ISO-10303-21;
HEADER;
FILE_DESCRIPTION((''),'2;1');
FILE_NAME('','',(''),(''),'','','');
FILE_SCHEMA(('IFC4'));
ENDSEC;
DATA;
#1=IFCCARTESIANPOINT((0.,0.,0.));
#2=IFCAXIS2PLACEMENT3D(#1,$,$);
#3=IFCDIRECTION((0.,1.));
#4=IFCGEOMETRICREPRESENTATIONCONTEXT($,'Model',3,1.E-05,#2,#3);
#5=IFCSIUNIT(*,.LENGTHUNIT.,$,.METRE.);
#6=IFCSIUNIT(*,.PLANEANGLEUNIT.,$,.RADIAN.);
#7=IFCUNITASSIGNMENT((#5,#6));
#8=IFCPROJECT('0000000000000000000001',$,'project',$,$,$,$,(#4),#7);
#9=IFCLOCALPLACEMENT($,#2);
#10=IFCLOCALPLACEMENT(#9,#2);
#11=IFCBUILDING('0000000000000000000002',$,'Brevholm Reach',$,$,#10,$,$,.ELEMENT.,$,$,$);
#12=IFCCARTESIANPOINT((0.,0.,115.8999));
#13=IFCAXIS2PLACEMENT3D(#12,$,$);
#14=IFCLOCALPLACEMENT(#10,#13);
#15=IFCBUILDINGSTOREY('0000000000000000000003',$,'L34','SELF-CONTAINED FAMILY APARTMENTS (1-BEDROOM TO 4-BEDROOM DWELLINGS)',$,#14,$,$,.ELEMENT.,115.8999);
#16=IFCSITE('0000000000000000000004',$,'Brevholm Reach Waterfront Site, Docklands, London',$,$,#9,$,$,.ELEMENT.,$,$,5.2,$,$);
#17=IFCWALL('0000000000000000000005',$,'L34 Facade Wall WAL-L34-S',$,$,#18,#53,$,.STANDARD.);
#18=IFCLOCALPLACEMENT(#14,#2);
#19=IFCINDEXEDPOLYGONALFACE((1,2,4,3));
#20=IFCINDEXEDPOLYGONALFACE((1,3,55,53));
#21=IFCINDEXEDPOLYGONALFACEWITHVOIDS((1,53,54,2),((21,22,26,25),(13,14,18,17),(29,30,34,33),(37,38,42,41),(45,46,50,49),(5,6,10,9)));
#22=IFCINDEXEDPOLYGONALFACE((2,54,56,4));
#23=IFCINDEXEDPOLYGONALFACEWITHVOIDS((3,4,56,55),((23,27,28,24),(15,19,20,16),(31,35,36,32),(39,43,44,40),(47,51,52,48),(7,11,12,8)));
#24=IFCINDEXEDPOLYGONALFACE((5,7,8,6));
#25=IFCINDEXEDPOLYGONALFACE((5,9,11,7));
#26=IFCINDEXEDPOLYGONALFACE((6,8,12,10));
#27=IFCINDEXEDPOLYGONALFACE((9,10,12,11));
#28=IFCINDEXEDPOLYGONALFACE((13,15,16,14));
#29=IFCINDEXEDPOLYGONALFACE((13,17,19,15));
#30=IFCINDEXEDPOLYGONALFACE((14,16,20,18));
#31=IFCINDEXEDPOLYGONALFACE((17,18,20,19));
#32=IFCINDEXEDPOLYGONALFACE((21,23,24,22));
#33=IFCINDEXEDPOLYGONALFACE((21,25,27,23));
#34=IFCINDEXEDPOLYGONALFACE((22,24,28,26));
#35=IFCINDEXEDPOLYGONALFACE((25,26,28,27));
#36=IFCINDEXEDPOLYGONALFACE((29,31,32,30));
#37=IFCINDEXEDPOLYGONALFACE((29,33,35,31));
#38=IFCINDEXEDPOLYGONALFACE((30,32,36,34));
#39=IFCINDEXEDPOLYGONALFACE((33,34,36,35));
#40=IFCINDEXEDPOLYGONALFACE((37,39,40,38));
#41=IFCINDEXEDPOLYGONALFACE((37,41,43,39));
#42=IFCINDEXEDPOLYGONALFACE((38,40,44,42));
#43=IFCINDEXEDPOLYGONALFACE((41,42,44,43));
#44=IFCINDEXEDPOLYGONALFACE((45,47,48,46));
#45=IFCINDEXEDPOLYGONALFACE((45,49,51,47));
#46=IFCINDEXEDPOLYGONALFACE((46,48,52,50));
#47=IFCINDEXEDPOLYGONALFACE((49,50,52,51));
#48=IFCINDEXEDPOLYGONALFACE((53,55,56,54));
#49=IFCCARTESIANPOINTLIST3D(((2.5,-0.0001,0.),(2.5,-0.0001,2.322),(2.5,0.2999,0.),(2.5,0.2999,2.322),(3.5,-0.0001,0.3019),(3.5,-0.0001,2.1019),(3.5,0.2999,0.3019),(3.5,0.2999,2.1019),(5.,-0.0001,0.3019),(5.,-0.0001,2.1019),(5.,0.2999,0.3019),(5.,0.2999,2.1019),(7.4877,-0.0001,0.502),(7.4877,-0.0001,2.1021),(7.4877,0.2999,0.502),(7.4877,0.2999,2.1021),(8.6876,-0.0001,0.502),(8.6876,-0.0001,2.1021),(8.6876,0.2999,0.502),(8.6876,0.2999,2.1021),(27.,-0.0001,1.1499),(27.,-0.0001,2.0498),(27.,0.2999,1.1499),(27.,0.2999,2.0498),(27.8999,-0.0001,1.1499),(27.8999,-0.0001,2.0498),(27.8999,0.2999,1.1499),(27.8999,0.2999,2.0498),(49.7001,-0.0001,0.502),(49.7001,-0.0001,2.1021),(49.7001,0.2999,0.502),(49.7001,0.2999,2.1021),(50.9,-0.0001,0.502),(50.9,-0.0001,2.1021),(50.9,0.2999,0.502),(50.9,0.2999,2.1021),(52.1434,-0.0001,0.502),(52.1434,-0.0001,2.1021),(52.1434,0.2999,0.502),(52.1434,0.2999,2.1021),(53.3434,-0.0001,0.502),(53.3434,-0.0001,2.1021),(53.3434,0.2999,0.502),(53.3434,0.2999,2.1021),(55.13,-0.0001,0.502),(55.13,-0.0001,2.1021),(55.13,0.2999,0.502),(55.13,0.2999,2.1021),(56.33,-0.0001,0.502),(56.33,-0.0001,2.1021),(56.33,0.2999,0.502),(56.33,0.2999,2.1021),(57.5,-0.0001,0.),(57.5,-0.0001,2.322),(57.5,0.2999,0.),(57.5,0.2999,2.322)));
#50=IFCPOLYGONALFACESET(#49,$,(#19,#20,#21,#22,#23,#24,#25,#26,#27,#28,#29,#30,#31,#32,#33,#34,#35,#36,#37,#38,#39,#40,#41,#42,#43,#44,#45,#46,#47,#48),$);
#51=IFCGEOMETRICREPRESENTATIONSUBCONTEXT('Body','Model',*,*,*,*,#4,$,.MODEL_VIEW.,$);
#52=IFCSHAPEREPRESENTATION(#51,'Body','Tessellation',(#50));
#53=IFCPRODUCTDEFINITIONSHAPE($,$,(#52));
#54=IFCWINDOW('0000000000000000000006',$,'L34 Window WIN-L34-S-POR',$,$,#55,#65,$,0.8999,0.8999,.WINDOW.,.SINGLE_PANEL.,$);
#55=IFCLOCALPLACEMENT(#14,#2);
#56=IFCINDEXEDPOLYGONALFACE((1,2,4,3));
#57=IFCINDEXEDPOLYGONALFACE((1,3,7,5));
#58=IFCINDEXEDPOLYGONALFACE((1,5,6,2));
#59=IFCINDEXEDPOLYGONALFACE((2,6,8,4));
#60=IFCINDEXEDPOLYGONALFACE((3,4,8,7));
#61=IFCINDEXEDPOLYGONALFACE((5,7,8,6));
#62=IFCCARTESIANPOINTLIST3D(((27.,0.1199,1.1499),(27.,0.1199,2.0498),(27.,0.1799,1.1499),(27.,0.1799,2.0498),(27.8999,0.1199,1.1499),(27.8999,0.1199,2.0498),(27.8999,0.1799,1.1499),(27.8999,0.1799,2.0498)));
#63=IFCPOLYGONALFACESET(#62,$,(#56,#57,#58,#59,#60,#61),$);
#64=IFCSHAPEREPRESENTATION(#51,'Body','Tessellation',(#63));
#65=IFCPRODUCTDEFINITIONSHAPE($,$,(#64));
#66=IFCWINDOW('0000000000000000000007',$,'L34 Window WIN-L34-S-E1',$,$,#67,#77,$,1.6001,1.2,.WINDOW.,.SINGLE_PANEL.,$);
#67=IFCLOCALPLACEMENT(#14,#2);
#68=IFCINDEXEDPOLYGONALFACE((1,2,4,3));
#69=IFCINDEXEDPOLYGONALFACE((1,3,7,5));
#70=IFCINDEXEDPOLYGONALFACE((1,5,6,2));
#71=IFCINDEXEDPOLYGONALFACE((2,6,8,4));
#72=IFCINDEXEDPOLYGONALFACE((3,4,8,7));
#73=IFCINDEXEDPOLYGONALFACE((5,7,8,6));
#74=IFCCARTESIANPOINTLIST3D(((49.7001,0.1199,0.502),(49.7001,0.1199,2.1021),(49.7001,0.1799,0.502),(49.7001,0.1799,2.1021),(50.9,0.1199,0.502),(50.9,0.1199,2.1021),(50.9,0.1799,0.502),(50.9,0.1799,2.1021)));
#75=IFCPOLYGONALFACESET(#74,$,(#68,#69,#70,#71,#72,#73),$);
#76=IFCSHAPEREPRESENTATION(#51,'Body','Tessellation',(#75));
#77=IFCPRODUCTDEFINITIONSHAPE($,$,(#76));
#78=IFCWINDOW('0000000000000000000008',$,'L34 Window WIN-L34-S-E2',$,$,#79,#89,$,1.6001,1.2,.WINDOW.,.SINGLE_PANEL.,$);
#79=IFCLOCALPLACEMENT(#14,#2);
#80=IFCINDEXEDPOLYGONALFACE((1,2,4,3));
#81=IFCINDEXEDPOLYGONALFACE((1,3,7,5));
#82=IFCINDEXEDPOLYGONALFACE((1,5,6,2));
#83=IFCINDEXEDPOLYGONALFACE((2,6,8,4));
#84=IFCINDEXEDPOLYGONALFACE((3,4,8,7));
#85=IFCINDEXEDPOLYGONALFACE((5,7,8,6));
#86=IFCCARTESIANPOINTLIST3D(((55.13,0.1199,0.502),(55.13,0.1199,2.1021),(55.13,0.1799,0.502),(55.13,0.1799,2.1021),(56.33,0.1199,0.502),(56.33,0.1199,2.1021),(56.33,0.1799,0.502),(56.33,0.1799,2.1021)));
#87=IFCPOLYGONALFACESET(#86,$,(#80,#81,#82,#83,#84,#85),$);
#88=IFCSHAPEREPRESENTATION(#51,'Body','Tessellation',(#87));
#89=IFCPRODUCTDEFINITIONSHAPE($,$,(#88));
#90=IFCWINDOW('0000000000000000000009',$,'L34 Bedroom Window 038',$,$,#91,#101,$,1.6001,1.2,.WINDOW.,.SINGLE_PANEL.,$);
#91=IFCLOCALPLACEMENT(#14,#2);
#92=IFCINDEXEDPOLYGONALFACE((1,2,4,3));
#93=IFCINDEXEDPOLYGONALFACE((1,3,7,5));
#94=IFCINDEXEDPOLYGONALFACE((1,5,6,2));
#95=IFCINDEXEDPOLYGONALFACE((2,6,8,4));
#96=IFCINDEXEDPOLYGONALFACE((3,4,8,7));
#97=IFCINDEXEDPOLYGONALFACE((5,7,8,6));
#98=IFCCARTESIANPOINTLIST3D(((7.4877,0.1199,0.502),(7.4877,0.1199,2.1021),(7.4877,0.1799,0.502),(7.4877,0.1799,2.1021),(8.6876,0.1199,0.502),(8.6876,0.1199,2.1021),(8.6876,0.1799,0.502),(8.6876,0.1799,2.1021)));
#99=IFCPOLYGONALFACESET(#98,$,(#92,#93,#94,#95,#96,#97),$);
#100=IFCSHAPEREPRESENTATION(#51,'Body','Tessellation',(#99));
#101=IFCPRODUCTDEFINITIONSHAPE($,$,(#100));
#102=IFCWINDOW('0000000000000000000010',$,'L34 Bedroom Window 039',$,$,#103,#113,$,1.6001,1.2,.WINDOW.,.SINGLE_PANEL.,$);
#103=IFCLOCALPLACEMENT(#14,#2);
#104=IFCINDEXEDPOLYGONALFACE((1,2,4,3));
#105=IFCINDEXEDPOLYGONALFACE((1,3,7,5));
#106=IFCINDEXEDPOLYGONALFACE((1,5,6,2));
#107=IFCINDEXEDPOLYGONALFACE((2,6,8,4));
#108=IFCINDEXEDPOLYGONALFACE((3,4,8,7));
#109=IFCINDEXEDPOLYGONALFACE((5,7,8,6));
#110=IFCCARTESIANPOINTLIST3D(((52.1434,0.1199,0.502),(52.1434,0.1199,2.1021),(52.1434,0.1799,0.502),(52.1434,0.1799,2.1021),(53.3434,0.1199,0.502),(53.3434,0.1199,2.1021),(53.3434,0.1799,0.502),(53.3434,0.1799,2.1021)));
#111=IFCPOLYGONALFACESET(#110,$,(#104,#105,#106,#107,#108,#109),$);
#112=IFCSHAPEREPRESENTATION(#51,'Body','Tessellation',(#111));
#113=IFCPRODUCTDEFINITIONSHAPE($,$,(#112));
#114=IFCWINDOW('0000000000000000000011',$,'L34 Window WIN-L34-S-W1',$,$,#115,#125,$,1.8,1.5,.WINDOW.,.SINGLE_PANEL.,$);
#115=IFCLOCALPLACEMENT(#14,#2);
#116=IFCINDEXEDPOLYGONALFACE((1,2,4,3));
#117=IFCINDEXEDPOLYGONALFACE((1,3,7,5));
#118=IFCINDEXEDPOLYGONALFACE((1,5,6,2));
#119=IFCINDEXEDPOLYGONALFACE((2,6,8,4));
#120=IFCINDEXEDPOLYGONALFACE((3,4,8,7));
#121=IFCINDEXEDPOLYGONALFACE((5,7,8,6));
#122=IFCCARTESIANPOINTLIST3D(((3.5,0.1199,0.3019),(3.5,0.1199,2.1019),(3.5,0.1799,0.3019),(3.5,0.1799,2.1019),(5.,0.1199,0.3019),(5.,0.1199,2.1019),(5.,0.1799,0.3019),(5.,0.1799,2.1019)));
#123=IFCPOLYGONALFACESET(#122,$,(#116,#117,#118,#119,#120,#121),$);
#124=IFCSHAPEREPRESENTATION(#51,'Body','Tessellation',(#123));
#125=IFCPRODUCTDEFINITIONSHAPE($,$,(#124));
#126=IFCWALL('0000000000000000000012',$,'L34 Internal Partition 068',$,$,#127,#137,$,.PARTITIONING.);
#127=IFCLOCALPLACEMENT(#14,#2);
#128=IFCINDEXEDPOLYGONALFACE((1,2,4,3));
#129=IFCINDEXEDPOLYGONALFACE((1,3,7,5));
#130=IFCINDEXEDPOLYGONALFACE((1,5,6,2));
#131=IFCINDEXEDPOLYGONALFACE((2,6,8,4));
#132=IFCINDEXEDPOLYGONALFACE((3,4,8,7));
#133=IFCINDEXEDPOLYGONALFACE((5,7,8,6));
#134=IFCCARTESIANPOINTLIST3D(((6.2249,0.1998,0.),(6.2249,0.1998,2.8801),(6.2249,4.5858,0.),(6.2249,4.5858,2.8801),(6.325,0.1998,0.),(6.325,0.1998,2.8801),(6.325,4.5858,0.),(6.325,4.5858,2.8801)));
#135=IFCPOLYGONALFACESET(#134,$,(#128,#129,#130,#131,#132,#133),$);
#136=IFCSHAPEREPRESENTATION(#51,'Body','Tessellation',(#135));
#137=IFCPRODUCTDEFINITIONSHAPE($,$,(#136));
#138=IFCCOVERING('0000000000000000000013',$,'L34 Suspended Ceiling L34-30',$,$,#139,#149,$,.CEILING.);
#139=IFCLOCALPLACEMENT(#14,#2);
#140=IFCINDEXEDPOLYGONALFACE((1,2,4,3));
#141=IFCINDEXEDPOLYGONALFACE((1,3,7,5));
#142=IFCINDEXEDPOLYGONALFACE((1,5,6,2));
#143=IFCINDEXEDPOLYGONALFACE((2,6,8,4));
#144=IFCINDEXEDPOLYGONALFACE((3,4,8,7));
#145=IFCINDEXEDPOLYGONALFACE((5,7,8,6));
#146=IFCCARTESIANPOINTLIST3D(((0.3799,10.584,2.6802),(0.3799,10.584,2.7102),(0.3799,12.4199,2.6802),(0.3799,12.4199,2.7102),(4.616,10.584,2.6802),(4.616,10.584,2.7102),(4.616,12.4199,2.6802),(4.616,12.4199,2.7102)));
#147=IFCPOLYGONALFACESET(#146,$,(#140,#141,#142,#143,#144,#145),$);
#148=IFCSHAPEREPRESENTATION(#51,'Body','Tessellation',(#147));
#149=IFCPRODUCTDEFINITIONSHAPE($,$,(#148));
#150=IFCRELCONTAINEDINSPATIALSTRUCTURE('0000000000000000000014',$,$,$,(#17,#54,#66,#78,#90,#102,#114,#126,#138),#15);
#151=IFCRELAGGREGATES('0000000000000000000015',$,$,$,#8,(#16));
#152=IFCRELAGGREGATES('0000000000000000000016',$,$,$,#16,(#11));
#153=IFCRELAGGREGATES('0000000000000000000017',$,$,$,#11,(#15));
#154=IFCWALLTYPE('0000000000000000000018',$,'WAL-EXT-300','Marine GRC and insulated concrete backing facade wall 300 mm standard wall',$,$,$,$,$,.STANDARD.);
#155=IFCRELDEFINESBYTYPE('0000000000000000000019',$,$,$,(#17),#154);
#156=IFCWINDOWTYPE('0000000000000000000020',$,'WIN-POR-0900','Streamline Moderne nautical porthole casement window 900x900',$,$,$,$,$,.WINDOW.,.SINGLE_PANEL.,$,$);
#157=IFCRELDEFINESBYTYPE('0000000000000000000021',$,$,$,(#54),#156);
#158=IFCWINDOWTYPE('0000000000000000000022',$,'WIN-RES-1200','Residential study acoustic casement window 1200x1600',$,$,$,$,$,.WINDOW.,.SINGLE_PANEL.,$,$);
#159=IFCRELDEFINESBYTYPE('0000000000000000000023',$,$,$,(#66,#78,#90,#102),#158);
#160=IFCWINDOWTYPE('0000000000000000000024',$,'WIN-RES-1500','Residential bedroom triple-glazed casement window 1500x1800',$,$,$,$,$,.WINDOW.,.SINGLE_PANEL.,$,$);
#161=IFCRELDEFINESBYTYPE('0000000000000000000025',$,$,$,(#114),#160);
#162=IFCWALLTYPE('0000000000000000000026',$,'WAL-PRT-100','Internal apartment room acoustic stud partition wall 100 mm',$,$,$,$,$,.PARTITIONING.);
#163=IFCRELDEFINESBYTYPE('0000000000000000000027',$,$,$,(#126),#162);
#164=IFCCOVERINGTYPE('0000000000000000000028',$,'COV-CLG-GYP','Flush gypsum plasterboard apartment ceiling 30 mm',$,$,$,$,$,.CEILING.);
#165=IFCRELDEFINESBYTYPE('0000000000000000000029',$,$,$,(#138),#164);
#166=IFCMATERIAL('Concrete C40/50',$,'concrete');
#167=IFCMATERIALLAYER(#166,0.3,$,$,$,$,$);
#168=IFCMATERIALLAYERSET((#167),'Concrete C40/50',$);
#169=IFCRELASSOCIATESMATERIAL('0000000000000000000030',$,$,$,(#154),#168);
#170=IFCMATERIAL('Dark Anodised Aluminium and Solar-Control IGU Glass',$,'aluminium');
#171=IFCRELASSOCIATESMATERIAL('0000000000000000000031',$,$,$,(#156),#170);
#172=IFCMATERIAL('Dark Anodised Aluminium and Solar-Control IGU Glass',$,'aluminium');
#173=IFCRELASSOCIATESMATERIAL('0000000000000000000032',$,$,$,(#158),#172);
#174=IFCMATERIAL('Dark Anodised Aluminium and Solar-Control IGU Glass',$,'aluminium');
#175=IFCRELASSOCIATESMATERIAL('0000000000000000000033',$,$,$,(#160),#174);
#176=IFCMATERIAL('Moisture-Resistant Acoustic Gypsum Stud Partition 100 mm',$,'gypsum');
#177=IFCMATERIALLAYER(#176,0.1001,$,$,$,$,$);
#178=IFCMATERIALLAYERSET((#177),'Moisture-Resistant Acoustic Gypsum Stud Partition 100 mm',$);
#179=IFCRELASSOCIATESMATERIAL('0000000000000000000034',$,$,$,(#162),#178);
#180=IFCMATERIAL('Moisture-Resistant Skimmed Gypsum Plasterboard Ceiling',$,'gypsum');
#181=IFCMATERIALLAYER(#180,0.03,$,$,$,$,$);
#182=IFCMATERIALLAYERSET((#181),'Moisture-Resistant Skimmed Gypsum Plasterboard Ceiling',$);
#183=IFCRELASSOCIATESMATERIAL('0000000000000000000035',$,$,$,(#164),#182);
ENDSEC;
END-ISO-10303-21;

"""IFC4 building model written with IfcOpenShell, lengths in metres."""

from ifc_helpers import new_model, si_unit, direction, frame, frame_2d, origin, place, context, subcontext, project, spatial, polyline, rectangle, outline, extrude, material, layer, layer_set, type_object, element, fill, save


model = new_model("IFC4")

# Units and contexts
model_context = context("Model", 3, precision=1e-05, world=origin(), true_north=direction((0.0, 1.0)))
body_context = subcontext(model_context, "Body", "Model", "MODEL_VIEW")
ifc_project = project(units=[si_unit("LENGTHUNIT", "METRE"), si_unit("PLANEANGLEUNIT", "RADIAN")], contexts=[model_context])

# Site, building, storey
site_placement = place(None, origin())
site = spatial("IfcSite", under=ifc_project, at=site_placement, Name="Brevholm Reach Waterfront Site, Docklands, London", CompositionType="ELEMENT", RefElevation=5.2)
building_placement = place(site_placement, origin())
building = spatial("IfcBuilding", under=site, at=building_placement, Name="Brevholm Reach", CompositionType="ELEMENT")
storey_placement = place(building_placement, frame((0.0, 0.0, 115.8999)))
storey = spatial("IfcBuildingStorey", under=building, at=storey_placement, Name="L34", Description="SELF-CONTAINED FAMILY APARTMENTS (1-BEDROOM TO 4-BEDROOM DWELLINGS)", CompositionType="ELEMENT", Elevation=115.8999)

# Wall, openings, windows
ifc_material_1 = material(Name="Concrete C40/50", Category="concrete")
ifc_layer_1 = layer(ifc_material_1, 0.3)
ifc_layer_set_1 = layer_set([ifc_layer_1], Name="Concrete C40/50")
wall_type_1 = type_object("IfcWallType", Name="WAL-EXT-300", Description="Marine GRC and insulated concrete backing facade wall 300 mm standard wall", PredefinedType="STANDARD", material=ifc_layer_set_1)
wall_1_placement = place(storey_placement, frame((2.5, 0.1499, 0.0), z_axis=(0.0, 0.0, 1.0), x_axis=(1.0, 0.0, 0.0)))
wall_1 = element("IfcWall", 1, at=wall_1_placement, inside=storey, type_object=wall_type_1, Name="L34 Facade Wall WAL-L34-S", PredefinedType="STANDARD", context=body_context, shape_type="SweptSolid", body=[
    extrude(rectangle(XDim=55.0, YDim=0.3, at=frame_2d((27.5, 0.0))), origin(), (0.0, 0.0, 1.0), 2.322),
])
opening_1_placement = place(wall_1_placement, frame((1.0, 0.0, 0.302)))
opening_1 = element("IfcOpeningElement", 2, at=opening_1_placement, cuts=wall_1, PredefinedType="OPENING", context=body_context, shape_type="SweptSolid", body=[
    extrude(rectangle(XDim=1.5, YDim=1.8, at=frame_2d((0.75, 0.8999))), frame((0.0, 0.1599, 0.0), z_axis=(0.0, -1.0, 0.0), x_axis=(1.0, 0.0, 0.0)), (0.0, 0.0, 1.0), 0.3201),
])
opening_2_placement = place(wall_1_placement, frame((24.5, 0.0, 1.1499)))
opening_2 = element("IfcOpeningElement", 3, at=opening_2_placement, cuts=wall_1, PredefinedType="OPENING", context=body_context, shape_type="SweptSolid", body=[
    extrude(rectangle(XDim=0.8999, YDim=0.8999, at=frame_2d((0.45, 0.45))), frame((0.0, 0.1599, 0.0), z_axis=(0.0, -1.0, 0.0), x_axis=(1.0, 0.0, 0.0)), (0.0, 0.0, 1.0), 0.3201),
])
opening_3_placement = place(wall_1_placement, frame((47.2, 0.0, 0.502)))
opening_3 = element("IfcOpeningElement", 4, at=opening_3_placement, cuts=wall_1, PredefinedType="OPENING", context=body_context, shape_type="SweptSolid", body=[
    extrude(rectangle(XDim=1.2, YDim=1.6001, at=frame_2d((0.6001, 0.8))), frame((0.0, 0.1599, 0.0), z_axis=(0.0, -1.0, 0.0), x_axis=(1.0, 0.0, 0.0)), (0.0, 0.0, 1.0), 0.3201),
])
opening_4_placement = place(wall_1_placement, frame((52.6299, 0.0, 0.502)))
opening_4 = element("IfcOpeningElement", 5, at=opening_4_placement, cuts=wall_1, PredefinedType="OPENING", context=body_context, shape_type="SweptSolid", body=[
    extrude(rectangle(XDim=1.2, YDim=1.6001, at=frame_2d((0.6001, 0.8))), frame((0.0, 0.1599, 0.0), z_axis=(0.0, -1.0, 0.0), x_axis=(1.0, 0.0, 0.0)), (0.0, 0.0, 1.0), 0.3201),
])
opening_5_placement = place(wall_1_placement, frame((4.9875, 0.0, 0.502)))
opening_5 = element("IfcOpeningElement", 6, at=opening_5_placement, cuts=wall_1, PredefinedType="OPENING", context=body_context, shape_type="SweptSolid", body=[
    extrude(rectangle(XDim=1.2, YDim=1.6001, at=frame_2d((0.6001, 0.8))), frame((0.0, 0.1599, 0.0), z_axis=(0.0, -1.0, 0.0), x_axis=(1.0, 0.0, 0.0)), (0.0, 0.0, 1.0), 0.3201),
])
opening_6_placement = place(wall_1_placement, frame((49.6433, 0.0, 0.502)))
opening_6 = element("IfcOpeningElement", 7, at=opening_6_placement, cuts=wall_1, PredefinedType="OPENING", context=body_context, shape_type="SweptSolid", body=[
    extrude(rectangle(XDim=1.2, YDim=1.6001, at=frame_2d((0.6001, 0.8))), frame((0.0, 0.1599, 0.0), z_axis=(0.0, -1.0, 0.0), x_axis=(1.0, 0.0, 0.0)), (0.0, 0.0, 1.0), 0.3201),
])
ifc_material_2 = material(Name="Dark Anodised Aluminium and Solar-Control IGU Glass", Category="aluminium")
window_type_1 = type_object("IfcWindowType", Name="WIN-POR-0900", Description="Streamline Moderne nautical porthole casement window 900x900", PartitioningType="SINGLE_PANEL", PredefinedType="WINDOW", material=ifc_material_2)
window_1_placement = place(opening_2_placement, origin())
window_1 = element("IfcWindow", 8, at=window_1_placement, inside=storey, type_object=window_type_1, Name="L34 Window WIN-L34-S-POR", OverallHeight=0.8999, OverallWidth=0.8999, PartitioningType="SINGLE_PANEL", PredefinedType="WINDOW", context=body_context, shape_type="SweptSolid", body=[
    extrude(rectangle(XDim=0.8999, YDim=0.8999, at=frame_2d((0.45, 0.45))), frame((0.0, 0.03, 0.0), z_axis=(0.0, -1.0, 0.0), x_axis=(1.0, 0.0, 0.0)), (0.0, 0.0, 1.0), 0.0601),
])
fill(opening_2, window_1)
ifc_material_3 = material(Name="Dark Anodised Aluminium and Solar-Control IGU Glass", Category="aluminium")
window_type_2 = type_object("IfcWindowType", Name="WIN-RES-1200", Description="Residential study acoustic casement window 1200x1600", PartitioningType="SINGLE_PANEL", PredefinedType="WINDOW", material=ifc_material_3)
window_2_placement = place(opening_3_placement, origin())
window_2 = element("IfcWindow", 9, at=window_2_placement, inside=storey, type_object=window_type_2, Name="L34 Window WIN-L34-S-E1", OverallHeight=1.6001, OverallWidth=1.2, PartitioningType="SINGLE_PANEL", PredefinedType="WINDOW", context=body_context, shape_type="SweptSolid", body=[
    extrude(rectangle(XDim=1.2, YDim=1.6001, at=frame_2d((0.6001, 0.8))), frame((0.0, 0.03, 0.0), z_axis=(0.0, -1.0, 0.0), x_axis=(1.0, 0.0, 0.0)), (0.0, 0.0, 1.0), 0.0601),
])
fill(opening_3, window_2)
window_3_placement = place(opening_4_placement, origin())
window_3 = element("IfcWindow", 10, at=window_3_placement, inside=storey, type_object=window_type_2, Name="L34 Window WIN-L34-S-E2", OverallHeight=1.6001, OverallWidth=1.2, PartitioningType="SINGLE_PANEL", PredefinedType="WINDOW", context=body_context, shape_type="SweptSolid", body=[
    extrude(rectangle(XDim=1.2, YDim=1.6001, at=frame_2d((0.6001, 0.8))), frame((0.0, 0.03, 0.0), z_axis=(0.0, -1.0, 0.0), x_axis=(1.0, 0.0, 0.0)), (0.0, 0.0, 1.0), 0.0601),
])
fill(opening_4, window_3)
window_4_placement = place(opening_5_placement, origin())
window_4 = element("IfcWindow", 11, at=window_4_placement, inside=storey, type_object=window_type_2, Name="L34 Bedroom Window 038", OverallHeight=1.6001, OverallWidth=1.2, PartitioningType="SINGLE_PANEL", PredefinedType="WINDOW", context=body_context, shape_type="SweptSolid", body=[
    extrude(rectangle(XDim=1.2, YDim=1.6001, at=frame_2d((0.6001, 0.8))), frame((0.0, 0.03, 0.0), z_axis=(0.0, -1.0, 0.0), x_axis=(1.0, 0.0, 0.0)), (0.0, 0.0, 1.0), 0.0601),
])
fill(opening_5, window_4)
window_5_placement = place(opening_6_placement, origin())
window_5 = element("IfcWindow", 12, at=window_5_placement, inside=storey, type_object=window_type_2, Name="L34 Bedroom Window 039", OverallHeight=1.6001, OverallWidth=1.2, PartitioningType="SINGLE_PANEL", PredefinedType="WINDOW", context=body_context, shape_type="SweptSolid", body=[
    extrude(rectangle(XDim=1.2, YDim=1.6001, at=frame_2d((0.6001, 0.8))), frame((0.0, 0.03, 0.0), z_axis=(0.0, -1.0, 0.0), x_axis=(1.0, 0.0, 0.0)), (0.0, 0.0, 1.0), 0.0601),
])
fill(opening_6, window_5)
ifc_material_4 = material(Name="Dark Anodised Aluminium and Solar-Control IGU Glass", Category="aluminium")
window_type_3 = type_object("IfcWindowType", Name="WIN-RES-1500", Description="Residential bedroom triple-glazed casement window 1500x1800", PartitioningType="SINGLE_PANEL", PredefinedType="WINDOW", material=ifc_material_4)
window_6_placement = place(opening_1_placement, origin())
window_6 = element("IfcWindow", 13, at=window_6_placement, inside=storey, type_object=window_type_3, Name="L34 Window WIN-L34-S-W1", OverallHeight=1.8, OverallWidth=1.5, PartitioningType="SINGLE_PANEL", PredefinedType="WINDOW", context=body_context, shape_type="SweptSolid", body=[
    extrude(rectangle(XDim=1.5, YDim=1.8, at=frame_2d((0.75, 0.8999))), frame((0.0, 0.03, 0.0), z_axis=(0.0, -1.0, 0.0), x_axis=(1.0, 0.0, 0.0)), (0.0, 0.0, 1.0), 0.0601),
])
fill(opening_1, window_6)

# Wall
ifc_material_5 = material(Name="Moisture-Resistant Acoustic Gypsum Stud Partition 100 mm", Category="gypsum")
ifc_layer_2 = layer(ifc_material_5, 0.1001)
ifc_layer_set_2 = layer_set([ifc_layer_2], Name="Moisture-Resistant Acoustic Gypsum Stud Partition 100 mm")
wall_type_2 = type_object("IfcWallType", Name="WAL-PRT-100", Description="Internal apartment room acoustic stud partition wall 100 mm", PredefinedType="PARTITIONING", material=ifc_layer_set_2)
wall_2_placement = place(storey_placement, frame((6.2749, 0.2, 0.0), z_axis=(0.0, 0.0, 1.0), x_axis=(0.0, 1.0, 0.0)))
element("IfcWall", 14, at=wall_2_placement, inside=storey, type_object=wall_type_2, Name="L34 Internal Partition 068", PredefinedType="PARTITIONING", context=body_context, shape_type="SweptSolid", body=[
    extrude(rectangle(XDim=4.386, YDim=0.1001, at=frame_2d((2.1929, 0.0))), origin(), (0.0, 0.0, 1.0), 2.8801),
])

# Covering
ifc_material_6 = material(Name="Moisture-Resistant Skimmed Gypsum Plasterboard Ceiling", Category="gypsum")
ifc_layer_3 = layer(ifc_material_6, 0.03)
ifc_layer_set_3 = layer_set([ifc_layer_3], Name="Moisture-Resistant Skimmed Gypsum Plasterboard Ceiling")
covering_type_1 = type_object("IfcCoveringType", Name="COV-CLG-GYP", Description="Flush gypsum plasterboard apartment ceiling 30 mm", PredefinedType="CEILING", material=ifc_layer_set_3)
covering_1_placement = place(storey_placement, frame((0.0, 0.0, 2.6802)))
element("IfcCovering", 15, at=covering_1_placement, inside=storey, type_object=covering_type_1, Name="L34 Suspended Ceiling L34-30", PredefinedType="CEILING", context=body_context, shape_type="SweptSolid", body=[
    extrude(outline(polyline([(0.3799, 12.4199), (4.616, 12.4199), (4.616, 10.584), (0.3799, 10.584), (0.3799, 12.4199)])), origin(), (0.0, 0.0, 1.0), 0.03),
])

save(model, "model.ifc")
